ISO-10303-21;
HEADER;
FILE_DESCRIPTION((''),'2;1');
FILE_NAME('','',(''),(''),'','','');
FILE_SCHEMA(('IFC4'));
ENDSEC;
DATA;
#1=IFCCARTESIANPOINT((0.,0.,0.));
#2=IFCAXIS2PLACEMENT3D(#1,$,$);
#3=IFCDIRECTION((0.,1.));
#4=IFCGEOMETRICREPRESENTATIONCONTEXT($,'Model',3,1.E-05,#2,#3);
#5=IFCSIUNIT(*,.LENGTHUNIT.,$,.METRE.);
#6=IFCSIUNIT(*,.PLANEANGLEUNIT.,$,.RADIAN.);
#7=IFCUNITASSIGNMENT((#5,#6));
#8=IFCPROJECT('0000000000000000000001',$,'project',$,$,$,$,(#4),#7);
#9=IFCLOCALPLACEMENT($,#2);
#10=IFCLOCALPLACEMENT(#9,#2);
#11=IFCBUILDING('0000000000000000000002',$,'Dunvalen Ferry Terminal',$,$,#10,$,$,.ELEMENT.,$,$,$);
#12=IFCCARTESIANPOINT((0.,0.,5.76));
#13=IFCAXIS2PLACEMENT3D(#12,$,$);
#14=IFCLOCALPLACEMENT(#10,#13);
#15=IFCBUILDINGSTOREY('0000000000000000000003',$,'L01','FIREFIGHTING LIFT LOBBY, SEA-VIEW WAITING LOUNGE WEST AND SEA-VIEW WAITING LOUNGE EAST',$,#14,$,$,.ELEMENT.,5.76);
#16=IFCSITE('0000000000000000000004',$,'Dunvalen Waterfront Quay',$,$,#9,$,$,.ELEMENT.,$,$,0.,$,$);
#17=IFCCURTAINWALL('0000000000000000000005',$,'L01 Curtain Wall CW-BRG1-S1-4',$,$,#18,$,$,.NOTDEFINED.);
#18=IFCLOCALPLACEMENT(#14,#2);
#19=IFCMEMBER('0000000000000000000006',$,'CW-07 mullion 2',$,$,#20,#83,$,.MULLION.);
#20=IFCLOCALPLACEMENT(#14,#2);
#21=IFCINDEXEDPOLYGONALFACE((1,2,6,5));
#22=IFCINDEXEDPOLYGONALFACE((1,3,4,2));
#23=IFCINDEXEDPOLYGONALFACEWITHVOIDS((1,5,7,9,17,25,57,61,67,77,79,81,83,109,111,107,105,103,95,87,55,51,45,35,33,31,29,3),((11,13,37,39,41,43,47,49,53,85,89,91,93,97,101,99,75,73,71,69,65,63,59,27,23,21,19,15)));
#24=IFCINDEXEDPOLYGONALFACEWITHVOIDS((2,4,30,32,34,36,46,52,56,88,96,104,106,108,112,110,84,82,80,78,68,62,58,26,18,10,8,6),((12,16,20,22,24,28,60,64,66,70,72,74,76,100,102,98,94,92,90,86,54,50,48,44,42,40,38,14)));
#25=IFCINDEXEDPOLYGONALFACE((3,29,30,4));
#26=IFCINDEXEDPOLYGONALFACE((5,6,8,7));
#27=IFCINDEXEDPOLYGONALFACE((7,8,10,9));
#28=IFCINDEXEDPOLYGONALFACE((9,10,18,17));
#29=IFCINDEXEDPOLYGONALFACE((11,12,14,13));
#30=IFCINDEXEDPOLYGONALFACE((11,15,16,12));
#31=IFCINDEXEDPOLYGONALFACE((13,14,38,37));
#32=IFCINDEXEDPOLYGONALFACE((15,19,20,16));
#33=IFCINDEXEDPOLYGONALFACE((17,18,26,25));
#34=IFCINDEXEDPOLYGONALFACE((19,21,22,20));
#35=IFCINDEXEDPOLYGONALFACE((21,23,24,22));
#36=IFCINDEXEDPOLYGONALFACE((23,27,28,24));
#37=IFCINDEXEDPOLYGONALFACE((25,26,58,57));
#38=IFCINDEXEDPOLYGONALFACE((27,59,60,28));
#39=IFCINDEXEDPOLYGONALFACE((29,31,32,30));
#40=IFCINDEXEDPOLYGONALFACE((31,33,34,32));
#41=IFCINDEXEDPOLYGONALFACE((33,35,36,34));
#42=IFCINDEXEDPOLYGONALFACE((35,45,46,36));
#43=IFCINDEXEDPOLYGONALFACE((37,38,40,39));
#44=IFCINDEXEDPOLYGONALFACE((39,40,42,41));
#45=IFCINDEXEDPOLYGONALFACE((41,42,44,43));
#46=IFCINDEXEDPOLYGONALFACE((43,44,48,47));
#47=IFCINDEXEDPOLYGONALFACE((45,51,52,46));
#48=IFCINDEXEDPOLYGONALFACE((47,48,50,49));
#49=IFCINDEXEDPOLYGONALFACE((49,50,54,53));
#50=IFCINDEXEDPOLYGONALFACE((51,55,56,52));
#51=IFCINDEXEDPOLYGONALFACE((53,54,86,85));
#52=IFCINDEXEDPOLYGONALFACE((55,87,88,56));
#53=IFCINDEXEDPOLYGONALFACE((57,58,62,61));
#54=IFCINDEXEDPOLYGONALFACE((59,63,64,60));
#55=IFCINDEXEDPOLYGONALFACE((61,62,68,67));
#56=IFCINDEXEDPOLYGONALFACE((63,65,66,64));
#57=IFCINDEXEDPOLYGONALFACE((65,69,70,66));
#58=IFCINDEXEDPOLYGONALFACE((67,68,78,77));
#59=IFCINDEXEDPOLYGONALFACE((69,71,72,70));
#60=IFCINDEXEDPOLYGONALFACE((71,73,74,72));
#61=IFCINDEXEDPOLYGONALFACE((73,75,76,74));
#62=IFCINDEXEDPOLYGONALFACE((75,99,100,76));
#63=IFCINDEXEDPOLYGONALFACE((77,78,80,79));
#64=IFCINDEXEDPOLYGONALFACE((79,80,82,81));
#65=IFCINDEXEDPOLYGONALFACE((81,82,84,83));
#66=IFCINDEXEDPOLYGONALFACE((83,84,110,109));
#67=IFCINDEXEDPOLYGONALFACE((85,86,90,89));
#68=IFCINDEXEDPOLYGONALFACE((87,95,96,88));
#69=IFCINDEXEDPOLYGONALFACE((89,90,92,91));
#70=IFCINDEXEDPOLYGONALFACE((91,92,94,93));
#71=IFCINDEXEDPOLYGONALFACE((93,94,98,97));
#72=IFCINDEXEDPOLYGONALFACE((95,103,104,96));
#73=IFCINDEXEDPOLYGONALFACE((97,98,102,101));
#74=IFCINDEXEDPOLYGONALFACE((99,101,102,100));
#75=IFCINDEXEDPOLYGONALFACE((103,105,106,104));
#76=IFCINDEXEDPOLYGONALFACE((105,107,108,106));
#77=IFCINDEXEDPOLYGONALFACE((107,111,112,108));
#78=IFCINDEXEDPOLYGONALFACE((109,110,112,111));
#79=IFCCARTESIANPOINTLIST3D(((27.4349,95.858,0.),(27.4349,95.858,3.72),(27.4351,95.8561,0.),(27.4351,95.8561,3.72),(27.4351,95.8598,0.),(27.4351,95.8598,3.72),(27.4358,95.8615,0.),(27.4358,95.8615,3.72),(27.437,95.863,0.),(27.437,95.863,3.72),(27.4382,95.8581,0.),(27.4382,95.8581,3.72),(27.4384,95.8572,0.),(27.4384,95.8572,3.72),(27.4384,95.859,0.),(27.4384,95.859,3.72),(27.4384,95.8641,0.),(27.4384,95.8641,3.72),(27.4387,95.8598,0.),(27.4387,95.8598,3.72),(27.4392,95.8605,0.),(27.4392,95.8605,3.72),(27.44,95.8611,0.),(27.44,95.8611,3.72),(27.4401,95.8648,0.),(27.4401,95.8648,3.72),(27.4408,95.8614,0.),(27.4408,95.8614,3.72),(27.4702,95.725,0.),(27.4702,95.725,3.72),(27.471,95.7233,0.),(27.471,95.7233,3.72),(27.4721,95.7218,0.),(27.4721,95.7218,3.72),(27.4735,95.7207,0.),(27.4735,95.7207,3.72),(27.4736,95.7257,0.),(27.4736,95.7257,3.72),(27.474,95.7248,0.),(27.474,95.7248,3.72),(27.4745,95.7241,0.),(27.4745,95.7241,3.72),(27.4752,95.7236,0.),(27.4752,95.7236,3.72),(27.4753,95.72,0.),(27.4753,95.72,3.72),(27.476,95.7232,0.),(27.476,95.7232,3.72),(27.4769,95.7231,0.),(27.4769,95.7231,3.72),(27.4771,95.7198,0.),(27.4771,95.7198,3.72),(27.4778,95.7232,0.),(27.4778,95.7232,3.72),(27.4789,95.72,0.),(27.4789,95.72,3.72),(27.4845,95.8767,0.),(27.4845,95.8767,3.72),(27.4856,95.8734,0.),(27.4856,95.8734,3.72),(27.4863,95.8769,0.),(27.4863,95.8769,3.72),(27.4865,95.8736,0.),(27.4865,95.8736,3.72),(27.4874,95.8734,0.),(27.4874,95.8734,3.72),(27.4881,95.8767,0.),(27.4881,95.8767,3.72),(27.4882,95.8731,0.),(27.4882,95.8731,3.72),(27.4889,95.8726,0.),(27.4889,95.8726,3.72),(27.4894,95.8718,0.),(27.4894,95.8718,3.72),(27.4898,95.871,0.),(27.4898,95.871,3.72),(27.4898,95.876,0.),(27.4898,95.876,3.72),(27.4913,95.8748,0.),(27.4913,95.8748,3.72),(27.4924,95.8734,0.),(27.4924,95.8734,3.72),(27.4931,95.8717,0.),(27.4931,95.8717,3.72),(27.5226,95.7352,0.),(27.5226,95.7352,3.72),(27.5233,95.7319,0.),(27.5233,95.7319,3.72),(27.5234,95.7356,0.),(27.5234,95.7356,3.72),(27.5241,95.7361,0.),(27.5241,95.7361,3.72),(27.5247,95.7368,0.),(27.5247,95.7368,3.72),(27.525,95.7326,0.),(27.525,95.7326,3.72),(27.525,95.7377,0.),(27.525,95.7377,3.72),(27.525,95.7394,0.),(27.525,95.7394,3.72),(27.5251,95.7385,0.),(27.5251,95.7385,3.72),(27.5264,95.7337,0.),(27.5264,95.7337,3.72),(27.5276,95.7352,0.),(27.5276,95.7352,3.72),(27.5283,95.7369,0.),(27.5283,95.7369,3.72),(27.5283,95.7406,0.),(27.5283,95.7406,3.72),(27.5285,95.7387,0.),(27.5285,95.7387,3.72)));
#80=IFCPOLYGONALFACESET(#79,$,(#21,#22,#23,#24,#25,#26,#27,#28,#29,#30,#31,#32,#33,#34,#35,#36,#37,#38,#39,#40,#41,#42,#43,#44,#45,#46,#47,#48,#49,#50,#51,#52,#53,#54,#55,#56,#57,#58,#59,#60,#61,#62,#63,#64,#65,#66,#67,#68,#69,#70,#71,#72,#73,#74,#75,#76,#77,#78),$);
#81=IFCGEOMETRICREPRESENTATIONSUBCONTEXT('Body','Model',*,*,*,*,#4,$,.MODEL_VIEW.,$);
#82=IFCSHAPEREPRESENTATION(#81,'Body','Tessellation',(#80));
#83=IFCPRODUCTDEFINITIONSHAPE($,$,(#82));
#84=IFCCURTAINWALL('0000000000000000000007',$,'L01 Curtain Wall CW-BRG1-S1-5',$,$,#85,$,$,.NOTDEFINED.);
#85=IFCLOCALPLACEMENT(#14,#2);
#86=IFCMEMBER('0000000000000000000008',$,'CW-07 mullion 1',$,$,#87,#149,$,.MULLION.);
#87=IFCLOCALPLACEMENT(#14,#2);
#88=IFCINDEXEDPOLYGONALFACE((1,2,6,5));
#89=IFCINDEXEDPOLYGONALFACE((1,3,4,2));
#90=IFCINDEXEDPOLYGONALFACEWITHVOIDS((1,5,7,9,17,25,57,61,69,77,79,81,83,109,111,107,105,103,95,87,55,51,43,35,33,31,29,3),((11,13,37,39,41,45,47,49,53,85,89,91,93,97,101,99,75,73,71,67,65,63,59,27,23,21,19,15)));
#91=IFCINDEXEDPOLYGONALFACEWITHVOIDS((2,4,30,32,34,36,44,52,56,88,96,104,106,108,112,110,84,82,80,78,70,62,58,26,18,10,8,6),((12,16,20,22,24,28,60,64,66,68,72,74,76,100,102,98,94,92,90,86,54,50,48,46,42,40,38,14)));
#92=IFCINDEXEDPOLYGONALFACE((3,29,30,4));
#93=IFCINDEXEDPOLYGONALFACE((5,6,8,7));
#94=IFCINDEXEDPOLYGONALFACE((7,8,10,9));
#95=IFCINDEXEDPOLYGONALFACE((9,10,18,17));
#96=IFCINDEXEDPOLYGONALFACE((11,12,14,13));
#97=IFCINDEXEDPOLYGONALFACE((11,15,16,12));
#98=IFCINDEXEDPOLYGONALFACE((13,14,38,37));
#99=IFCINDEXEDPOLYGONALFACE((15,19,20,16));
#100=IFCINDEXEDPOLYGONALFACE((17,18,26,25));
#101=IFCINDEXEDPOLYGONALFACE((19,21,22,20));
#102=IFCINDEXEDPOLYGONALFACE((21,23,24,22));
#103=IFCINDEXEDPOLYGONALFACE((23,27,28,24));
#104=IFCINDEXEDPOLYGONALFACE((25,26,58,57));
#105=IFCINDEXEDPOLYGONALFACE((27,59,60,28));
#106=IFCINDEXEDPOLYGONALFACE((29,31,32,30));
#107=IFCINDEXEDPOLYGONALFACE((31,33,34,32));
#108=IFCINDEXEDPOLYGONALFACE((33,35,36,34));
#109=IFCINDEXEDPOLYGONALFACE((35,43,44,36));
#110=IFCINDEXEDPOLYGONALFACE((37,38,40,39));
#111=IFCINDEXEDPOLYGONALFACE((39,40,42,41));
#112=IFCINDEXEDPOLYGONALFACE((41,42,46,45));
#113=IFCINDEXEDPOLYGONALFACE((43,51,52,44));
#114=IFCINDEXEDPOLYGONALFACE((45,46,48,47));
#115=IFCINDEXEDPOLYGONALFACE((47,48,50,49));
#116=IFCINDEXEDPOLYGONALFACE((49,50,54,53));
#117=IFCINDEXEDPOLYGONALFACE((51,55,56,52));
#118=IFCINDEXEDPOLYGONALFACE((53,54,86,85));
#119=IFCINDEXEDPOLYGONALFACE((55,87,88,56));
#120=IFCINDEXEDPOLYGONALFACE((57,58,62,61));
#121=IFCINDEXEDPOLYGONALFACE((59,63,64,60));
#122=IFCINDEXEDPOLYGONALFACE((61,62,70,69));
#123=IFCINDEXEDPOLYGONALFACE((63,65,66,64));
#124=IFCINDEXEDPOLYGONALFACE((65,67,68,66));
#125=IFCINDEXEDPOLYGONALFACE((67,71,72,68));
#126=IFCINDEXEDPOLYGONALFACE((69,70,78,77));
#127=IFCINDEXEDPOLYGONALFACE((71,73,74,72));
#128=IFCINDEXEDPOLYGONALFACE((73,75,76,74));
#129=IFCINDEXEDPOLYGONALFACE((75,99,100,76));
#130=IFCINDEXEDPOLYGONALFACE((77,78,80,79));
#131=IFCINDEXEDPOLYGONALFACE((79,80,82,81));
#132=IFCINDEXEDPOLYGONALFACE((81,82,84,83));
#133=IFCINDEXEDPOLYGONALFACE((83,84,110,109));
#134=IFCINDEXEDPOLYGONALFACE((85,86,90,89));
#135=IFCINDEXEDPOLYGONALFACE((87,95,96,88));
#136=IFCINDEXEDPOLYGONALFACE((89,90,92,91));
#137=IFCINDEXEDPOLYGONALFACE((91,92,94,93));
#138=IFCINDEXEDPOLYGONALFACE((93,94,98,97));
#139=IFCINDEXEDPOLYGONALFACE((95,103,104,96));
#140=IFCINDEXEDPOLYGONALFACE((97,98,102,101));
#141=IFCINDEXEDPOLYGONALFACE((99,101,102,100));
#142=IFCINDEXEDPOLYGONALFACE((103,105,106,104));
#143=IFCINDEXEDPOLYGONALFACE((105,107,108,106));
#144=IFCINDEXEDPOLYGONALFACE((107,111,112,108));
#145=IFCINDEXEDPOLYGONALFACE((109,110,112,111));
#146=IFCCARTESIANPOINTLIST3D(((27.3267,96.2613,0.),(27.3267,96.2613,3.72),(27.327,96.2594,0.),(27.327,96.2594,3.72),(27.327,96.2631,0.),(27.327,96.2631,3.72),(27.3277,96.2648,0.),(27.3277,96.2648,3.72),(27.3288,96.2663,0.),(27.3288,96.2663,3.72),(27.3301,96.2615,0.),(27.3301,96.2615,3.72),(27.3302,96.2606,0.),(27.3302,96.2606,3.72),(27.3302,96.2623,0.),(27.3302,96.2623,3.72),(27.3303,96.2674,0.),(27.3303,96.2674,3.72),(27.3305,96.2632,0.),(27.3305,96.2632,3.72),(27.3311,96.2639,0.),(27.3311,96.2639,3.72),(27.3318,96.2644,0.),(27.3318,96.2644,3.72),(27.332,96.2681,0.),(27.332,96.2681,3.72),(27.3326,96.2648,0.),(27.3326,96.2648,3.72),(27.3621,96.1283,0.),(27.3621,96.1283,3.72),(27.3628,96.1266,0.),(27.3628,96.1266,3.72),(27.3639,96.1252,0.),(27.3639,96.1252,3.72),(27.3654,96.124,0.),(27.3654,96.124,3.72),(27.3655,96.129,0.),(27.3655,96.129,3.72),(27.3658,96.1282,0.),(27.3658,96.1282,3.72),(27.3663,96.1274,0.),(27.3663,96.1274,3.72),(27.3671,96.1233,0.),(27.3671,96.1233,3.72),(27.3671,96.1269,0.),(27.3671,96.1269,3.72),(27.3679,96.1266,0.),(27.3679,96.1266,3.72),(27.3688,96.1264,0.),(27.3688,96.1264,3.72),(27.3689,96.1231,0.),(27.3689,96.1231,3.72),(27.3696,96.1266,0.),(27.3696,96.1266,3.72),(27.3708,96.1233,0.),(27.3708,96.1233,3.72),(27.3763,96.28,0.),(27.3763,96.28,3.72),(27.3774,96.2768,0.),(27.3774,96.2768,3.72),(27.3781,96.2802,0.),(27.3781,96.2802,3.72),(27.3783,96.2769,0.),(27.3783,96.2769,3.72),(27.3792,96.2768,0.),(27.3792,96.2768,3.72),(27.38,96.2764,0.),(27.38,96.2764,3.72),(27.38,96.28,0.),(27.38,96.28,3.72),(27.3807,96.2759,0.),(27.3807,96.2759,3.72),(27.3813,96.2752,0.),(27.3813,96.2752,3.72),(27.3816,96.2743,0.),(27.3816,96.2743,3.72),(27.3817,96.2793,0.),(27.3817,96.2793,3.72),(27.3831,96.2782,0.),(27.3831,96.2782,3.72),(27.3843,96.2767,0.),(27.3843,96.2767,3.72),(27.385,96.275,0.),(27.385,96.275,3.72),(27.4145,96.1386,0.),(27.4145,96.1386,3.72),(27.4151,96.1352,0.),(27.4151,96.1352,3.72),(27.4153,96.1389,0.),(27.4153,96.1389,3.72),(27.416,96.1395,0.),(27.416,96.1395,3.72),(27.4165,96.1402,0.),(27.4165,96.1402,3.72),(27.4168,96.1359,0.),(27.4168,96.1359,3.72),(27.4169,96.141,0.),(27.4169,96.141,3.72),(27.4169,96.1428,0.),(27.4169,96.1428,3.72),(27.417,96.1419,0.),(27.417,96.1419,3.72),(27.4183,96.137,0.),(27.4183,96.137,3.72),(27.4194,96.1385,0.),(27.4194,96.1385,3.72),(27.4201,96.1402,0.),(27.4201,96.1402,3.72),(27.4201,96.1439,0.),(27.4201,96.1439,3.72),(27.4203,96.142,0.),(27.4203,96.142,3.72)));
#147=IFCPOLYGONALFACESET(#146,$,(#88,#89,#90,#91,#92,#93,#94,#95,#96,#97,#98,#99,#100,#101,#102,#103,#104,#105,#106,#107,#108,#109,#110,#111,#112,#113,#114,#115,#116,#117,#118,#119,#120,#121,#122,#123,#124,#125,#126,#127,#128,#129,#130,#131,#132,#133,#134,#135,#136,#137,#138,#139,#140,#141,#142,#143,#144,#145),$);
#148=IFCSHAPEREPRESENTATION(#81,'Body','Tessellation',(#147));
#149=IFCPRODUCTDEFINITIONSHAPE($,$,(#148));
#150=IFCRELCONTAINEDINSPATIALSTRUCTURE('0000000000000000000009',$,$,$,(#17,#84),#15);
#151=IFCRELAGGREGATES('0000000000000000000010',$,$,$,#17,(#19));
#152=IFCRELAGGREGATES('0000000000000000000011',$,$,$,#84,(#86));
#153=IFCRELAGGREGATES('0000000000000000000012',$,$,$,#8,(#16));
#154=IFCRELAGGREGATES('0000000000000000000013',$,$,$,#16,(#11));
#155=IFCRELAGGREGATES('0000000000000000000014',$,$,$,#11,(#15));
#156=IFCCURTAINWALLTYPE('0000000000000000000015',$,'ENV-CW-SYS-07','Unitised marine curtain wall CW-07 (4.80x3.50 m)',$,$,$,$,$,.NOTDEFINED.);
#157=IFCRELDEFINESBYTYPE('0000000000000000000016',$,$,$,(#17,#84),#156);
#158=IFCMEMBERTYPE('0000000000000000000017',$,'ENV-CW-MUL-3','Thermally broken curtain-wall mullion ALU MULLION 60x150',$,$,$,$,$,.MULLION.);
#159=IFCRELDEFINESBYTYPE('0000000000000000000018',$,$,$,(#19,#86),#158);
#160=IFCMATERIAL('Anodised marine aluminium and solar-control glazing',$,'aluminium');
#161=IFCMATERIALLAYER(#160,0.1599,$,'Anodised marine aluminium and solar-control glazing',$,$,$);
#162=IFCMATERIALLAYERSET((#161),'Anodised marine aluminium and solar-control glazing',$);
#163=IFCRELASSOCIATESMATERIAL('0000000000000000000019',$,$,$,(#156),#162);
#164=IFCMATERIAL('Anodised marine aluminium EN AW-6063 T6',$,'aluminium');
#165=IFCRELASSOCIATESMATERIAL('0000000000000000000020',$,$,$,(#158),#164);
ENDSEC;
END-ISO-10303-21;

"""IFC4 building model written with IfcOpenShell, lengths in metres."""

from ifc_helpers import new_model, si_unit, direction, frame, origin, origin_2d, place, context, subcontext, project, spatial, hollow_rectangle, extrude, material, layer, layer_set, material_profile, profile_set, type_object, element, aggregate, save


model = new_model("IFC4")

# Units and contexts
model_context = context("Model", 3, precision=1e-05, world=origin(), true_north=direction((0.0, 1.0)))
body_context = subcontext(model_context, "Body", "Model", "MODEL_VIEW")
ifc_project = project(units=[si_unit("LENGTHUNIT", "METRE"), si_unit("PLANEANGLEUNIT", "RADIAN")], contexts=[model_context])

# Site, building, storey
site_placement = place(None, origin())
site = spatial("IfcSite", under=ifc_project, at=site_placement, Name="Dunvalen Waterfront Quay", CompositionType="ELEMENT", RefElevation=0.0)
building_placement = place(site_placement, origin())
building = spatial("IfcBuilding", under=site, at=building_placement, Name="Dunvalen Ferry Terminal", CompositionType="ELEMENT")
storey_placement = place(building_placement, frame((0.0, 0.0, 5.76)))
storey = spatial("IfcBuildingStorey", under=building, at=storey_placement, Name="L01", Description="FIREFIGHTING LIFT LOBBY, SEA-VIEW WAITING LOUNGE WEST AND SEA-VIEW WAITING LOUNGE EAST", CompositionType="ELEMENT", Elevation=5.76)

# Shared definitions
ifc_material_1 = material(Name="Anodised marine aluminium and solar-control glazing", Category="aluminium")
ifc_material_2 = material(Name="Anodised marine aluminium EN AW-6063 T6", Category="aluminium")
ifc_layer_1 = layer(ifc_material_1, 0.1599, Name="Anodised marine aluminium and solar-control glazing")
ifc_layer_set_1 = layer_set([ifc_layer_1], Name="Anodised marine aluminium and solar-control glazing")
curtain_wall_type_1 = type_object("IfcCurtainWallType", Name="ENV-CW-SYS-07", Description="Unitised marine curtain wall CW-07 (4.80x3.50 m)", PredefinedType="NOTDEFINED", material=ifc_layer_set_1)
ifc_material_profile_1 = material_profile(ifc_material_2, hollow_rectangle(XDim=0.0601, YDim=0.1499, WallThickness=0.0034, InnerFilletRadius=0.0034, OuterFilletRadius=0.0071, at=origin_2d()), Name="Anodised marine aluminium EN AW-6063 T6")
ifc_profile_set_1 = profile_set([ifc_material_profile_1], Name="Anodised marine aluminium EN AW-6063 T6")
member_type_1 = type_object("IfcMemberType", Name="ENV-CW-MUL-3", Description="Thermally broken curtain-wall mullion ALU MULLION 60x150", PredefinedType="MULLION", material=ifc_profile_set_1)

# Curtain walls, members
curtain_wall_1_placement = place(storey_placement, origin())
curtain_wall_1 = element("IfcCurtainWall", 1, at=curtain_wall_1_placement, inside=storey, type_object=curtain_wall_type_1, Name="L01 Curtain Wall CW-BRG1-S1-4", PredefinedType="NOTDEFINED")
member_1_placement = place(storey_placement, frame((27.4817, 95.7983, 0.0), z_axis=(0.0, 0.0, 1.0), x_axis=(-0.965935, -0.258786, 0.0)))
member_1 = element("IfcMember", 2, at=member_1_placement, type_object=member_type_1, Name="CW-07 mullion 2", PredefinedType="MULLION", context=body_context, shape_type="SweptSolid", body=[
    extrude(hollow_rectangle(XDim=0.0601, YDim=0.1499, WallThickness=0.0034, InnerFilletRadius=0.0034, OuterFilletRadius=0.0071, at=origin_2d()), origin(), (0.0, 0.0, 1.0), 3.72),
])
curtain_wall_2_placement = place(storey_placement, origin())
curtain_wall_2 = element("IfcCurtainWall", 3, at=curtain_wall_2_placement, inside=storey, type_object=curtain_wall_type_1, Name="L01 Curtain Wall CW-BRG1-S1-5", PredefinedType="NOTDEFINED")
member_2_placement = place(storey_placement, frame((27.3735, 96.2017, 0.0), z_axis=(0.0, 0.0, 1.0), x_axis=(-0.965923, -0.25883, 0.0)))
member_2 = element("IfcMember", 4, at=member_2_placement, type_object=member_type_1, Name="CW-07 mullion 1", PredefinedType="MULLION", context=body_context, shape_type="SweptSolid", body=[
    extrude(hollow_rectangle(XDim=0.0601, YDim=0.1499, WallThickness=0.0034, InnerFilletRadius=0.0034, OuterFilletRadius=0.0071, at=origin_2d()), origin(), (0.0, 0.0, 1.0), 3.72),
])

aggregate(curtain_wall_1, [member_1])
aggregate(curtain_wall_2, [member_2])

save(model, "model.ifc")
